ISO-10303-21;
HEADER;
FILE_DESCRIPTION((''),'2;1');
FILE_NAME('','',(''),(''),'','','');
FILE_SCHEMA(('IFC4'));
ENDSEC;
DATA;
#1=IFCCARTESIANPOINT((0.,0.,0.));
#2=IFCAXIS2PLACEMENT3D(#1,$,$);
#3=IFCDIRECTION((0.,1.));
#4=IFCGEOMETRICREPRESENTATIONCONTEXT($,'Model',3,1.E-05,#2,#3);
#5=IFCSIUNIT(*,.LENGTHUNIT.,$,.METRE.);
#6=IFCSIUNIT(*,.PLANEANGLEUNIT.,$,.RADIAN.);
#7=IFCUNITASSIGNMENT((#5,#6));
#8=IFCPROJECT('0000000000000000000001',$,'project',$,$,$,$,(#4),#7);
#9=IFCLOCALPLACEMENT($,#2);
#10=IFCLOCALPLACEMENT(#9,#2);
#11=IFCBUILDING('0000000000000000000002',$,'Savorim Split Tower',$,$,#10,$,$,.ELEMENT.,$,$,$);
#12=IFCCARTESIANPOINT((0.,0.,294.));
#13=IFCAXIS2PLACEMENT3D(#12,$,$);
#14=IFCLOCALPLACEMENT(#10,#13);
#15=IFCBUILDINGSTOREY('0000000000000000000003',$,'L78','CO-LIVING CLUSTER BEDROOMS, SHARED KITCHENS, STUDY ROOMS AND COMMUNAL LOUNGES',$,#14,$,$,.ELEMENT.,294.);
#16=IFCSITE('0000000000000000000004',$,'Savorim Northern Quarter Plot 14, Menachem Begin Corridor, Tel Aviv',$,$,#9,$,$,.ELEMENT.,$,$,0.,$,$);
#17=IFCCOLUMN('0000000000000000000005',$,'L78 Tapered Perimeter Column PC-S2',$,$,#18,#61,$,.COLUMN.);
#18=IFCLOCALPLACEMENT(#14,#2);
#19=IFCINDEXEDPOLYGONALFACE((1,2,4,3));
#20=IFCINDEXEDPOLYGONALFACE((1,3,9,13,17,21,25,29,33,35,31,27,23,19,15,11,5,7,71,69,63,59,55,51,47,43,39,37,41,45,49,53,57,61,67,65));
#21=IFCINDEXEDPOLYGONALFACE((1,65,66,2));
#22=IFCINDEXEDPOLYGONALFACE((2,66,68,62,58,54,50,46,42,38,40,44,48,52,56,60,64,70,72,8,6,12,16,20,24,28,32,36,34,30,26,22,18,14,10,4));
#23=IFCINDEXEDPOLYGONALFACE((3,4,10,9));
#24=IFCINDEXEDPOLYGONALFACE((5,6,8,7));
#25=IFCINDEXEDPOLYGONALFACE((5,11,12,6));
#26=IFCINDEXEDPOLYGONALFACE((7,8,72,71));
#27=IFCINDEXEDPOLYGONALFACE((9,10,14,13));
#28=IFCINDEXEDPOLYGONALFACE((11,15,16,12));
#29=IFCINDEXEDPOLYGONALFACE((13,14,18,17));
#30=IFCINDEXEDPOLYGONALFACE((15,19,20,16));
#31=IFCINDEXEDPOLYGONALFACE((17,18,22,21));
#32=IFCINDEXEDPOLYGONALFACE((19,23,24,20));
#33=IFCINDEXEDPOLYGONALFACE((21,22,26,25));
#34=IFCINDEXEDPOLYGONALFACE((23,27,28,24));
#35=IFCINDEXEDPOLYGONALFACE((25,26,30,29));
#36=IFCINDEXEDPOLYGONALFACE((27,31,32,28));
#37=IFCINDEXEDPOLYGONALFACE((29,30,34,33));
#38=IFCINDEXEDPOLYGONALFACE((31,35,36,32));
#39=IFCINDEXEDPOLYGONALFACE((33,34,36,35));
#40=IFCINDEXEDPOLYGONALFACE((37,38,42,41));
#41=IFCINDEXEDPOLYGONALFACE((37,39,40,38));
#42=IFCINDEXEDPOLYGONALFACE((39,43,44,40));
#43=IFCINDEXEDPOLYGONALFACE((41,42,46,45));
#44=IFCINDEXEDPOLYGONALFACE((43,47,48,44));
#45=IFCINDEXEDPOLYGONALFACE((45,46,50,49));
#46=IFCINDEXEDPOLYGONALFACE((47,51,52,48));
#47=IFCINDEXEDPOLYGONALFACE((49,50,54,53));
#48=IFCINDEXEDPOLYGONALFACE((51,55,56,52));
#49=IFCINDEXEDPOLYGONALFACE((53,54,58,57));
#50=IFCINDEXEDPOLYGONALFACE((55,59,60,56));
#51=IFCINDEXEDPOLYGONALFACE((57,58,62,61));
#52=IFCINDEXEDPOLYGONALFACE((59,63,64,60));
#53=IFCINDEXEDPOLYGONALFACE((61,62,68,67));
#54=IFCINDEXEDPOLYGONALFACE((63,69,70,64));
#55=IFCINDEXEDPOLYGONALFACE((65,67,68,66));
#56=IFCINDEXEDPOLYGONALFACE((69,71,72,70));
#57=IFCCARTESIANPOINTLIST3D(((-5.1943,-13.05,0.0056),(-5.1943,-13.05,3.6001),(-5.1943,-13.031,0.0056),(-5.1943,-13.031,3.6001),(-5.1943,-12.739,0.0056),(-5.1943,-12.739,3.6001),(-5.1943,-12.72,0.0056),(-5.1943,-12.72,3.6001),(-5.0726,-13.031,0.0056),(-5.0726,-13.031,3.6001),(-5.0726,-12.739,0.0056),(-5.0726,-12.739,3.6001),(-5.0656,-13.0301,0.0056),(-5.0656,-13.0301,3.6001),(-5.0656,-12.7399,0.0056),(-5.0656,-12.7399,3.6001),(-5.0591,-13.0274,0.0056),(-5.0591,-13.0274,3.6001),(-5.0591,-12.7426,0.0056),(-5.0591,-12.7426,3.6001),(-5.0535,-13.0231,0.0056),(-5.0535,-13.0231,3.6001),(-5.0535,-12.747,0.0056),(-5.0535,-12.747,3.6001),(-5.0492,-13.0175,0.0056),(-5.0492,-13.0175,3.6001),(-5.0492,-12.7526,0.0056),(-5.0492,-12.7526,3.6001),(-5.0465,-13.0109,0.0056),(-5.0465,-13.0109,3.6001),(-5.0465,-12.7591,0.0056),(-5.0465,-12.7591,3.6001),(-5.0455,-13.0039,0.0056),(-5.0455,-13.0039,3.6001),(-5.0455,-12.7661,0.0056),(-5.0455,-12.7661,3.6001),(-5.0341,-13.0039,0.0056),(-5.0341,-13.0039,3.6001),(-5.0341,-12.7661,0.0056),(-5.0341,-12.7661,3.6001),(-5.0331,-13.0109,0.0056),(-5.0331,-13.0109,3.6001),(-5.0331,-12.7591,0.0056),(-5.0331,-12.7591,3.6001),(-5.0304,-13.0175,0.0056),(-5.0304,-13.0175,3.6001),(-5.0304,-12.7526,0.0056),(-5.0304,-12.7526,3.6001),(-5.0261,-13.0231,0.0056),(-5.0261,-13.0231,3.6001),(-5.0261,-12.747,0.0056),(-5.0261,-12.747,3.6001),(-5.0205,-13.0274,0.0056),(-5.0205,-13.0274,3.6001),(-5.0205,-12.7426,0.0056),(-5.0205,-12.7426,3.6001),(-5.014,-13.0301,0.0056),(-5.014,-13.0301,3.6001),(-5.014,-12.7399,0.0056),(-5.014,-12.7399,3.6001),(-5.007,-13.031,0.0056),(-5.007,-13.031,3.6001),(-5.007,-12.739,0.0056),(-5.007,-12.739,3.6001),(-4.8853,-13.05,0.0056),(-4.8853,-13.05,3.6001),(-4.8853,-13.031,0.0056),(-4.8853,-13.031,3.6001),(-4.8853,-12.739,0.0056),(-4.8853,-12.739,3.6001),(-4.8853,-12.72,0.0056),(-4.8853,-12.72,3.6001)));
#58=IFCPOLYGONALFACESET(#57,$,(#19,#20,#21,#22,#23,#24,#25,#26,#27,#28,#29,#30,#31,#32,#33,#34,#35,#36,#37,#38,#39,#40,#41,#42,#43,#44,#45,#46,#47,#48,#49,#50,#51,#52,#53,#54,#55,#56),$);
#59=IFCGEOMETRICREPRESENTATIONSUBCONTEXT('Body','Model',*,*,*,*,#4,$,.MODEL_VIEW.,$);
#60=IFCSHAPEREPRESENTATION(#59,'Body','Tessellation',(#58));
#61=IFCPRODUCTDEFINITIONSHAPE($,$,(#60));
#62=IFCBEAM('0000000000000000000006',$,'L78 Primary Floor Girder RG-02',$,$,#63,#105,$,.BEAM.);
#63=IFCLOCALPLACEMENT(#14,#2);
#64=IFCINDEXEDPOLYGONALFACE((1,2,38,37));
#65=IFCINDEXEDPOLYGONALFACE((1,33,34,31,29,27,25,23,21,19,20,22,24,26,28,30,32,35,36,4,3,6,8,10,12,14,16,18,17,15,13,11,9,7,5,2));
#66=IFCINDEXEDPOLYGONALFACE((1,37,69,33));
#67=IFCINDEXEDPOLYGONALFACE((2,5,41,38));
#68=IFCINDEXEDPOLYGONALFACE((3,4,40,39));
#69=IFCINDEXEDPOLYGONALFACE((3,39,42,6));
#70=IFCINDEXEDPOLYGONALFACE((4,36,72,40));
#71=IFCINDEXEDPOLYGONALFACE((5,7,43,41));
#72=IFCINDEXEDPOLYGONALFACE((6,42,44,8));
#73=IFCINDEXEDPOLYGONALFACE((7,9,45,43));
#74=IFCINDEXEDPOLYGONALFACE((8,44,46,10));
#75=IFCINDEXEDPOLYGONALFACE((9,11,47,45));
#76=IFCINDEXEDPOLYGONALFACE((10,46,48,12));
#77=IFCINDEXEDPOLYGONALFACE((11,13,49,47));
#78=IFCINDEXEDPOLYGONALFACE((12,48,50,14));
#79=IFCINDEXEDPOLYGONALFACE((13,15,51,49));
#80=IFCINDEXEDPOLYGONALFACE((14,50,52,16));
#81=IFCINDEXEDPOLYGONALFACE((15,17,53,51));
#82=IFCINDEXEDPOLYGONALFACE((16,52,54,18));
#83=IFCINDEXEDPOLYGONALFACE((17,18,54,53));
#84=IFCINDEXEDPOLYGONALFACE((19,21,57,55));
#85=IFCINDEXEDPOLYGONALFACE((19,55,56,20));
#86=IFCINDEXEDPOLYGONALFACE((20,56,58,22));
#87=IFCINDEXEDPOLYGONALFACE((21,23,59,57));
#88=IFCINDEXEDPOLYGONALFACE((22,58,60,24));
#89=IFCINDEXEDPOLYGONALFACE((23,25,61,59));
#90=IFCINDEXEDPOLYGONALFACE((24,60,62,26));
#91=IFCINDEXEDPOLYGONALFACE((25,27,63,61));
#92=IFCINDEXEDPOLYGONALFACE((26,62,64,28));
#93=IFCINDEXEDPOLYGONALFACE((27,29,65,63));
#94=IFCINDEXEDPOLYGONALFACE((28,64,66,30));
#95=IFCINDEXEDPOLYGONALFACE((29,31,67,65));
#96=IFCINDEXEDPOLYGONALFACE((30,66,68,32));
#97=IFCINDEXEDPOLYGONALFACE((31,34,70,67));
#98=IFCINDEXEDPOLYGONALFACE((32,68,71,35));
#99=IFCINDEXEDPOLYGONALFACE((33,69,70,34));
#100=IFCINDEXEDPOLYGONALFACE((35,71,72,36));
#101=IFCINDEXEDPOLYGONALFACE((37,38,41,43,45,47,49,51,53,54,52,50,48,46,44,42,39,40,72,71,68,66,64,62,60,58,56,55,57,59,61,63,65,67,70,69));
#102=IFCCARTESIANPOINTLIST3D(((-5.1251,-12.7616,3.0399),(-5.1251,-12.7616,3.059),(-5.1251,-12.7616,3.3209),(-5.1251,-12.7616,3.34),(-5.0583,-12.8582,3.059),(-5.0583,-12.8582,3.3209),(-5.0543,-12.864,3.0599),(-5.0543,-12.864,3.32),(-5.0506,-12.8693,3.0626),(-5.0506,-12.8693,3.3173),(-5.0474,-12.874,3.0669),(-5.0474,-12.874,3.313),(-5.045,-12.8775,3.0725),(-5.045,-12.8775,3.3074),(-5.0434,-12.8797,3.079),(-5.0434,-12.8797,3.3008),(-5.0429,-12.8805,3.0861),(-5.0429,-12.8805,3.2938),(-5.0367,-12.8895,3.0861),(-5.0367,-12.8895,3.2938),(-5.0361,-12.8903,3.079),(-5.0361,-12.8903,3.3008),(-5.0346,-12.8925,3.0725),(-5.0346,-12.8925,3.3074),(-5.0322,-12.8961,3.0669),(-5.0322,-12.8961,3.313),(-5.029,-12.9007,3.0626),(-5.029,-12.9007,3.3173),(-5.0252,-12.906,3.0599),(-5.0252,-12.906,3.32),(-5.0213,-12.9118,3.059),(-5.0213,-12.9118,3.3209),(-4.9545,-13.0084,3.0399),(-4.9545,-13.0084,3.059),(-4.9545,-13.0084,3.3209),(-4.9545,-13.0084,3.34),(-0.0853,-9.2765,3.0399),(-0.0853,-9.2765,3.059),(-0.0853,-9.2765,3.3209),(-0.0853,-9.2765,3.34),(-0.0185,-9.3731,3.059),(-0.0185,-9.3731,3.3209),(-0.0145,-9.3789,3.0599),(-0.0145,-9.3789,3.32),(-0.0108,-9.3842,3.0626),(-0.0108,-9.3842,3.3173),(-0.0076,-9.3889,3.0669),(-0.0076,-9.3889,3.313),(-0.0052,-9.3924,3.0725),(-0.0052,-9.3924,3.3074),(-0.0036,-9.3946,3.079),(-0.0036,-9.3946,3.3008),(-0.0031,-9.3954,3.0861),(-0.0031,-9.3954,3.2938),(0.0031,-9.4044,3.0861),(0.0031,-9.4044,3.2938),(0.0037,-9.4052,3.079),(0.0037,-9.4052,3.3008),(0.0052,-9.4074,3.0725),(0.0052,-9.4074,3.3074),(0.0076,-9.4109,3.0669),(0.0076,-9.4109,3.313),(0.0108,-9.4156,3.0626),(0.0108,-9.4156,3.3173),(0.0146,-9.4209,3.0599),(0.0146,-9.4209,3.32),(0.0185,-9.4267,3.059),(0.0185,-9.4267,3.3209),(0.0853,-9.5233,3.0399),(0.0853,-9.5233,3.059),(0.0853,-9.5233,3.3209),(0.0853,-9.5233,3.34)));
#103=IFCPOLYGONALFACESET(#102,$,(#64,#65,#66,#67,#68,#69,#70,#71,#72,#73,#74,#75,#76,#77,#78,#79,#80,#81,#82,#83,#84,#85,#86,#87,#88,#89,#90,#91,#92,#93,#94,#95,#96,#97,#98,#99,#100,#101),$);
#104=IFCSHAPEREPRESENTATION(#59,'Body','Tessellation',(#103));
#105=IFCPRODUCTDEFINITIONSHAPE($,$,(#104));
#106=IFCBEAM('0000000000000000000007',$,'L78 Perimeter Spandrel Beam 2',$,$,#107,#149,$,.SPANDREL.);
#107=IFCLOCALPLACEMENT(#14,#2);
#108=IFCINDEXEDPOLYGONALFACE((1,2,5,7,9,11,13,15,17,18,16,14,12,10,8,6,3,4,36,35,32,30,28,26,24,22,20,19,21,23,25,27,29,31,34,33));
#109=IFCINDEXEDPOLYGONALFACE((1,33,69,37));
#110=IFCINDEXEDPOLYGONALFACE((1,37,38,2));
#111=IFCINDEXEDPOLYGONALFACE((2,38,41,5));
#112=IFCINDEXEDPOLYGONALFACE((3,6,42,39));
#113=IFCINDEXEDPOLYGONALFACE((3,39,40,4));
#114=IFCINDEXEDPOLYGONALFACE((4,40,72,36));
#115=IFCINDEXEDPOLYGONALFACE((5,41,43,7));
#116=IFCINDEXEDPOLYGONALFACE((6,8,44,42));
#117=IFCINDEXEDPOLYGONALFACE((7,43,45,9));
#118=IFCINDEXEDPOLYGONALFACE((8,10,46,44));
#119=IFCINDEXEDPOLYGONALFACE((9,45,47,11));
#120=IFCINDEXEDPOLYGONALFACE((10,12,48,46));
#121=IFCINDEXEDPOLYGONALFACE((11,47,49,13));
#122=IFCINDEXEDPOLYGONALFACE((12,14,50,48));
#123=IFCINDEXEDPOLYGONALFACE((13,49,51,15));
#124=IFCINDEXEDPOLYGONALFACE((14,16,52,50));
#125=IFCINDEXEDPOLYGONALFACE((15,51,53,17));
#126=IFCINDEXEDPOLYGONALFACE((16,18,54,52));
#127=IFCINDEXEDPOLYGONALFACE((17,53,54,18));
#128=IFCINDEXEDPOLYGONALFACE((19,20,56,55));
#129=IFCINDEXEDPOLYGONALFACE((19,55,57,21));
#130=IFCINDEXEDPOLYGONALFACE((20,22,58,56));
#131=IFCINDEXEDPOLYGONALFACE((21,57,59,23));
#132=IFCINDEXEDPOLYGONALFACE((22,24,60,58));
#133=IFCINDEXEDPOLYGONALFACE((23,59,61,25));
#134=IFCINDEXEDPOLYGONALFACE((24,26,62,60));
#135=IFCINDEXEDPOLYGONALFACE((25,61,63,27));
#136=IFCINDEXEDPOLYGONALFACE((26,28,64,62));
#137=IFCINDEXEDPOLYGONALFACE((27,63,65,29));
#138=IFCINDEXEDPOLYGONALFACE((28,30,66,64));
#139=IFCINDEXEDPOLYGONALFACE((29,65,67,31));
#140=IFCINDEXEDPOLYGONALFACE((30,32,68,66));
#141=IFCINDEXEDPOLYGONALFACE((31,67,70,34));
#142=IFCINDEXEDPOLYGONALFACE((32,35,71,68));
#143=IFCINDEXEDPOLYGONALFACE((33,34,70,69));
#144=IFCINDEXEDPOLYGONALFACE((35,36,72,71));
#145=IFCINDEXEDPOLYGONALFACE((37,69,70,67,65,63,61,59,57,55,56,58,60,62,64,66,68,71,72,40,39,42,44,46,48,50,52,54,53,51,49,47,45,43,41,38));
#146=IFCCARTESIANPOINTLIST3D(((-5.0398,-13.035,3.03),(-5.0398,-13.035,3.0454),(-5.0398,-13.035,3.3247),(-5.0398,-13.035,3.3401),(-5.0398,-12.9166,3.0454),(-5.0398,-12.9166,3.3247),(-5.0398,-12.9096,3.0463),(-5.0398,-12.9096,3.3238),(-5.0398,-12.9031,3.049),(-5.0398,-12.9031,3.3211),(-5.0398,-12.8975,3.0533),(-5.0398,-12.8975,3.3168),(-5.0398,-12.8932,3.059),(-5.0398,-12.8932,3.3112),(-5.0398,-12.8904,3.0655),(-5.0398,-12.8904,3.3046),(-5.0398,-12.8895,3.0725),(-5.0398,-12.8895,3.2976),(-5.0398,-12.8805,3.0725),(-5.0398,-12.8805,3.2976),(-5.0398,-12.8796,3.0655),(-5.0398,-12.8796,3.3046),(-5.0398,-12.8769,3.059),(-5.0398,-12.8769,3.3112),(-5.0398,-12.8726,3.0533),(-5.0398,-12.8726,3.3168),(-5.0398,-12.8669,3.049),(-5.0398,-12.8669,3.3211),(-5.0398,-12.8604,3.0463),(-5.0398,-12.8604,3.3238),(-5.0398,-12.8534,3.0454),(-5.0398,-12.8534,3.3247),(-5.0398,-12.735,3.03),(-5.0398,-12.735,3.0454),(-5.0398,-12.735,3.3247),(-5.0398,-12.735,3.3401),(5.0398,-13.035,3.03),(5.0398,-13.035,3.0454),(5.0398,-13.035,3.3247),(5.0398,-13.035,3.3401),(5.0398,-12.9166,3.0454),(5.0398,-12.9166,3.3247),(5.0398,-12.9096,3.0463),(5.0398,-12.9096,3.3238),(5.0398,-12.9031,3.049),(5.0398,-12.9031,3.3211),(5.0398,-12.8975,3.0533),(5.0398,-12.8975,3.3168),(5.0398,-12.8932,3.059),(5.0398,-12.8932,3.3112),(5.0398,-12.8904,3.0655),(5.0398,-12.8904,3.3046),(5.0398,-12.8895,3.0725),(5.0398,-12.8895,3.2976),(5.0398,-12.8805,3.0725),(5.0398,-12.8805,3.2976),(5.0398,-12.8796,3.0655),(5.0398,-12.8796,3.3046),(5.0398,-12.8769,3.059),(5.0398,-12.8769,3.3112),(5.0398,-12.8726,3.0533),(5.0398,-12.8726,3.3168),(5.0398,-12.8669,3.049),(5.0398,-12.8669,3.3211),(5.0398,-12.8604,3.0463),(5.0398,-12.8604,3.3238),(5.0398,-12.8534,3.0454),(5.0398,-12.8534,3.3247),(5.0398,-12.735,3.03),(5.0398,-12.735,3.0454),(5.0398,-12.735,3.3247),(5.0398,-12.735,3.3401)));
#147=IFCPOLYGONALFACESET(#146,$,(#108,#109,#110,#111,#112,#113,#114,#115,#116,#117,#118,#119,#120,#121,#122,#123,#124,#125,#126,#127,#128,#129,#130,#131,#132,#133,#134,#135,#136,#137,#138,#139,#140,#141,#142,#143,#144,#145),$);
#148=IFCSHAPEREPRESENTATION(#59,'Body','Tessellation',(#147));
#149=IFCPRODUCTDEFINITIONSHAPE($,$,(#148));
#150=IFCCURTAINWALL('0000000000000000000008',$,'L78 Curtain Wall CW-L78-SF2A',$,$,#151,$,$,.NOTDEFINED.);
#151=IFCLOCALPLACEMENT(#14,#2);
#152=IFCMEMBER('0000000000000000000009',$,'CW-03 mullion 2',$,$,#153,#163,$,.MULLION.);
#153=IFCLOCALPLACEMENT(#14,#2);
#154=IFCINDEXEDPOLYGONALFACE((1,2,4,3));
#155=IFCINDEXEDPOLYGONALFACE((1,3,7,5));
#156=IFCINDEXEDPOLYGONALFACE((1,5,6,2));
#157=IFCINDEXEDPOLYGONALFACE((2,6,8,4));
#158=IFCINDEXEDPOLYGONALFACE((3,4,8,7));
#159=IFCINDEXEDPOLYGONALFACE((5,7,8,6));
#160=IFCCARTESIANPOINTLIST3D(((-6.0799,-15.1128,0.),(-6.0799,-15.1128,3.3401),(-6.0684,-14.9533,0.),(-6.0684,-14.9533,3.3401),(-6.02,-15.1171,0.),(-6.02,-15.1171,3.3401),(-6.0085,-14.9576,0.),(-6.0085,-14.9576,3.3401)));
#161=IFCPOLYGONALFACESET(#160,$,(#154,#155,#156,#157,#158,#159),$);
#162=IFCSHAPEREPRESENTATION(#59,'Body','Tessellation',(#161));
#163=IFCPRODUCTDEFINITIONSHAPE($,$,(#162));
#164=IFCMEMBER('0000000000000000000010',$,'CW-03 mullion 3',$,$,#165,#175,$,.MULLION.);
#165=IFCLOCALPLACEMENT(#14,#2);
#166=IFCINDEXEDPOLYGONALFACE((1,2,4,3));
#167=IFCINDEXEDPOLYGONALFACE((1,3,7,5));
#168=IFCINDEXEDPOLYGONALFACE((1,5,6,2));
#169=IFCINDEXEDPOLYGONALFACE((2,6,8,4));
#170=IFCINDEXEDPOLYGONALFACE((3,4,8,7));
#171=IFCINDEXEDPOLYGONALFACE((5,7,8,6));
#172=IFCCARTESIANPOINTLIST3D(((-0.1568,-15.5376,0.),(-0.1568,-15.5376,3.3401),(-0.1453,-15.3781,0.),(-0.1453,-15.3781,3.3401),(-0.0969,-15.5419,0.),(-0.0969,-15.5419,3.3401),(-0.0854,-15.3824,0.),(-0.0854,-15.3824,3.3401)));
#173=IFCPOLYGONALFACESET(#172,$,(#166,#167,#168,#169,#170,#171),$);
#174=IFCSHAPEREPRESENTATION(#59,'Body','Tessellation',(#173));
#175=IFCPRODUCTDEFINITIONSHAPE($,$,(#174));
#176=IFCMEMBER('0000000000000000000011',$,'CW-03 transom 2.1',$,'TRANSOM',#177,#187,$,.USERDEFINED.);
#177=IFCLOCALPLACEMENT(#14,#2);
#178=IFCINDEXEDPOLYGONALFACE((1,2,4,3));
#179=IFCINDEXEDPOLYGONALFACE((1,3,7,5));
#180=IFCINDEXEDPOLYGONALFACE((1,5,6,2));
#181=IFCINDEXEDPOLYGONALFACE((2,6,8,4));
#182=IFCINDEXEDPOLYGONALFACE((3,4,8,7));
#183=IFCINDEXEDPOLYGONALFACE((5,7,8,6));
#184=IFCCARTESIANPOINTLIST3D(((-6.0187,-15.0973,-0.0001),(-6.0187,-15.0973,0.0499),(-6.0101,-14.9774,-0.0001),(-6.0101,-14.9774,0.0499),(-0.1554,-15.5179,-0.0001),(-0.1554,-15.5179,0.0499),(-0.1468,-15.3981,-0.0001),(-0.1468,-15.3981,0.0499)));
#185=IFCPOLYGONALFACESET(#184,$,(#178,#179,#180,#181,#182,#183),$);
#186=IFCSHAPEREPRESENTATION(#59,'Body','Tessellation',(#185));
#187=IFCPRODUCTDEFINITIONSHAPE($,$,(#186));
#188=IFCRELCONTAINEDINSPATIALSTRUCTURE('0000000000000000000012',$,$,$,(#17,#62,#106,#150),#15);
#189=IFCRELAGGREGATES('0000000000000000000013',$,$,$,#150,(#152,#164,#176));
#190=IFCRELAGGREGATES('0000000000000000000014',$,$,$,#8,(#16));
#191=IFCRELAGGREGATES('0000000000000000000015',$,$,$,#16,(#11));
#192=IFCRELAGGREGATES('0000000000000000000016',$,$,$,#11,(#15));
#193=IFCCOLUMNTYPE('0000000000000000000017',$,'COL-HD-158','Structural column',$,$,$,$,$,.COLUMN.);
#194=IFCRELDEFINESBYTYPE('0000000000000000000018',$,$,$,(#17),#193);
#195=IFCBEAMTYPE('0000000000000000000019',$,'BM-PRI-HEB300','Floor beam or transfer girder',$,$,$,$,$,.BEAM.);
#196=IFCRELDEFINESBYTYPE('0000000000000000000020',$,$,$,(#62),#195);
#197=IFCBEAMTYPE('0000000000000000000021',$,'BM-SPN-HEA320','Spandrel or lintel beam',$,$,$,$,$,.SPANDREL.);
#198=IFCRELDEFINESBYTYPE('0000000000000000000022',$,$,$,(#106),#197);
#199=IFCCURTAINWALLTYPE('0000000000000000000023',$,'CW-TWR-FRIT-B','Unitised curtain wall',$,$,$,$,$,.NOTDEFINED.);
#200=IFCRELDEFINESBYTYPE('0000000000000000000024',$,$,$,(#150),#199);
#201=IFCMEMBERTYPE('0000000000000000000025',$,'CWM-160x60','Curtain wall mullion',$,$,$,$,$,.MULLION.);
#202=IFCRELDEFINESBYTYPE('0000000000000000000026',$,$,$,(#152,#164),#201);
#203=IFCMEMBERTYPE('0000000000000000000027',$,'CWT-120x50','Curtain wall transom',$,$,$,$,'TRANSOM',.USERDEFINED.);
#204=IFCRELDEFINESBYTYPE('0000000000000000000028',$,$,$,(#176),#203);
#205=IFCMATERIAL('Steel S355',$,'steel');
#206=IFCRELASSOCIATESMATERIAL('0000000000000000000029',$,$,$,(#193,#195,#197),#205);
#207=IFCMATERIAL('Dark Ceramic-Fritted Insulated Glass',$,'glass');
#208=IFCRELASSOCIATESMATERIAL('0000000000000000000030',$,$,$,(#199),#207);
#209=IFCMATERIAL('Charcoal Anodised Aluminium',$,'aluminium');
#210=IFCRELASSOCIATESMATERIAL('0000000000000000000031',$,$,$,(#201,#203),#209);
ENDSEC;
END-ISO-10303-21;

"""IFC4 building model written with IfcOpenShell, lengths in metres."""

from ifc_helpers import new_model, si_unit, direction, frame, origin, origin_2d, place, context, subcontext, project, spatial, rectangle, i_section, extrude, material, material_profile, profile_set, type_object, element, aggregate, save


model = new_model("IFC4")

# Units and contexts
model_context = context("Model", 3, precision=1e-05, world=origin(), true_north=direction((0.0, 1.0)))
body_context = subcontext(model_context, "Body", "Model", "MODEL_VIEW")
ifc_project = project(units=[si_unit("LENGTHUNIT", "METRE"), si_unit("PLANEANGLEUNIT", "RADIAN")], contexts=[model_context])

# Site, building, storey
site_placement = place(None, origin())
site = spatial("IfcSite", under=ifc_project, at=site_placement, Name="Savorim Northern Quarter Plot 14, Menachem Begin Corridor, Tel Aviv", CompositionType="ELEMENT", RefElevation=0.0)
building_placement = place(site_placement, origin())
building = spatial("IfcBuilding", under=site, at=building_placement, Name="Savorim Split Tower", CompositionType="ELEMENT")
storey_placement = place(building_placement, frame((0.0, 0.0, 294.0)))
storey = spatial("IfcBuildingStorey", under=building, at=storey_placement, Name="L78", Description="CO-LIVING CLUSTER BEDROOMS, SHARED KITCHENS, STUDY ROOMS AND COMMUNAL LOUNGES", CompositionType="ELEMENT", Elevation=294.0)

# Column
ifc_material_1 = material(Name="Steel S355", Category="steel")
ifc_material_profile_1 = material_profile(ifc_material_1, i_section(OverallWidth=0.3091, OverallDepth=0.3301, WebThickness=0.0115, FlangeThickness=0.019, FilletRadius=0.0271, at=origin_2d()), Name="HD 320x158")
ifc_profile_set_1 = profile_set([ifc_material_profile_1], Name="Steel S355")
column_type = type_object("IfcColumnType", Name="COL-HD-158", Description="Structural column", PredefinedType="COLUMN", material=ifc_profile_set_1)
column_placement = place(storey_placement, frame((-5.0398, -12.885, 0.0056), z_axis=(0.0, 0.0, 1.0), x_axis=(1.0, 0.0, 0.0)))
element("IfcColumn", 1, at=column_placement, inside=storey, type_object=column_type, Name="L78 Tapered Perimeter Column PC-S2", PredefinedType="COLUMN", context=body_context, shape_type="SweptSolid", body=[
    extrude(i_section(OverallWidth=0.3091, OverallDepth=0.3301, WebThickness=0.0115, FlangeThickness=0.019, FilletRadius=0.0271, at=origin_2d()), origin(), (0.0, 0.0, 1.0), 3.5945),
])

# Beams
ifc_material_profile_2 = material_profile(ifc_material_1, i_section(OverallWidth=0.3, OverallDepth=0.3, WebThickness=0.011, FlangeThickness=0.019, FilletRadius=0.0271, at=origin_2d()), Name="HEB 300")
ifc_profile_set_2 = profile_set([ifc_material_profile_2], Name="Steel S355")
beam_type_1 = type_object("IfcBeamType", Name="BM-PRI-HEB300", Description="Floor beam or transfer girder", PredefinedType="BEAM", material=ifc_profile_set_2)
beam_1_placement = place(storey_placement, frame((-5.0398, -12.885, 3.1899), z_axis=(0.822496, 0.568771, 0.0), x_axis=(-0.568771, 0.822496, 0.0)))
element("IfcBeam", 2, at=beam_1_placement, inside=storey, type_object=beam_type_1, Name="L78 Primary Floor Girder RG-02", PredefinedType="BEAM", context=body_context, shape_type="SweptSolid", body=[
    extrude(i_section(OverallWidth=0.3, OverallDepth=0.3, WebThickness=0.011, FlangeThickness=0.019, FilletRadius=0.0271, at=origin_2d()), origin(), (0.0, 0.0, 1.0), 6.1274),
])
ifc_material_profile_3 = material_profile(ifc_material_1, i_section(OverallWidth=0.3, OverallDepth=0.3101, WebThickness=0.009, FlangeThickness=0.0154, FilletRadius=0.0271, at=origin_2d()), Name="HEA 320")
ifc_profile_set_3 = profile_set([ifc_material_profile_3], Name="Steel S355")
beam_type_2 = type_object("IfcBeamType", Name="BM-SPN-HEA320", Description="Spandrel or lintel beam", PredefinedType="SPANDREL", material=ifc_profile_set_3)
beam_2_placement = place(storey_placement, frame((-5.0398, -12.885, 3.1851), z_axis=(1.0, 0.0, 0.0), x_axis=(0.0, 1.0, 0.0)))
element("IfcBeam", 3, at=beam_2_placement, inside=storey, type_object=beam_type_2, Name="L78 Perimeter Spandrel Beam 2", PredefinedType="SPANDREL", context=body_context, shape_type="SweptSolid", body=[
    extrude(i_section(OverallWidth=0.3, OverallDepth=0.3101, WebThickness=0.009, FlangeThickness=0.0154, FilletRadius=0.0271, at=origin_2d()), origin(), (0.0, 0.0, 1.0), 10.0796),
])

# Curtain wall, members
ifc_material_2 = material(Name="Dark Ceramic-Fritted Insulated Glass", Category="glass")
curtain_wall_type = type_object("IfcCurtainWallType", Name="CW-TWR-FRIT-B", Description="Unitised curtain wall", PredefinedType="NOTDEFINED", material=ifc_material_2)
curtain_wall_placement = place(storey_placement, origin())
curtain_wall = element("IfcCurtainWall", 4, at=curtain_wall_placement, inside=storey, type_object=curtain_wall_type, Name="L78 Curtain Wall CW-L78-SF2A", PredefinedType="NOTDEFINED")
ifc_material_3 = material(Name="Charcoal Anodised Aluminium", Category="aluminium")
ifc_material_profile_4 = material_profile(ifc_material_3, rectangle(XDim=0.1599, YDim=0.0601, at=origin_2d()), Name="ALU-M 160x60")
ifc_profile_set_4 = profile_set([ifc_material_profile_4], Name="Charcoal Anodised Aluminium")
member_type_1 = type_object("IfcMemberType", Name="CWM-160x60", Description="Curtain wall mullion", PredefinedType="MULLION", material=ifc_profile_set_4)
member_1_placement = place(storey_placement, frame((-6.0442, -15.0352, 0.0), z_axis=(0.0, 0.0, 1.0), x_axis=(0.07156, 0.997436, 0.0)))
member_1 = element("IfcMember", 5, at=member_1_placement, type_object=member_type_1, Name="CW-03 mullion 2", PredefinedType="MULLION", context=body_context, shape_type="SweptSolid", body=[
    extrude(rectangle(XDim=0.1599, YDim=0.0601, at=origin_2d()), origin(), (0.0, 0.0, 1.0), 3.3401),
])
member_2_placement = place(storey_placement, frame((-0.1211, -15.46, 0.0), z_axis=(0.0, 0.0, 1.0), x_axis=(0.07156, 0.997436, 0.0)))
member_2 = element("IfcMember", 6, at=member_2_placement, type_object=member_type_1, Name="CW-03 mullion 3", PredefinedType="MULLION", context=body_context, shape_type="SweptSolid", body=[
    extrude(rectangle(XDim=0.1599, YDim=0.0601, at=origin_2d()), origin(), (0.0, 0.0, 1.0), 3.3401),
])
ifc_material_profile_5 = material_profile(ifc_material_3, rectangle(XDim=0.1201, YDim=0.05, at=origin_2d()), Name="ALU-T 120x50")
ifc_profile_set_5 = profile_set([ifc_material_profile_5], Name="Charcoal Anodised Aluminium")
member_type_2 = type_object("IfcMemberType", Name="CWT-120x50", Description="Curtain wall transom", ElementType="TRANSOM", PredefinedType="USERDEFINED", material=ifc_profile_set_5)
member_3_placement = place(storey_placement, frame((-6.0144, -15.0374, 0.0249), z_axis=(0.997436, -0.07156, 0.0), x_axis=(0.07156, 0.997436, 0.0)))
member_3 = element("IfcMember", 7, at=member_3_placement, type_object=member_type_2, Name="CW-03 transom 2.1", ObjectType="TRANSOM", PredefinedType="USERDEFINED", context=body_context, shape_type="SweptSolid", body=[
    extrude(rectangle(XDim=0.1201, YDim=0.05, at=origin_2d()), origin(), (0.0, 0.0, 1.0), 5.8784),
])
aggregate(curtain_wall, [member_1, member_2, member_3])

save(model, "model.ifc")
